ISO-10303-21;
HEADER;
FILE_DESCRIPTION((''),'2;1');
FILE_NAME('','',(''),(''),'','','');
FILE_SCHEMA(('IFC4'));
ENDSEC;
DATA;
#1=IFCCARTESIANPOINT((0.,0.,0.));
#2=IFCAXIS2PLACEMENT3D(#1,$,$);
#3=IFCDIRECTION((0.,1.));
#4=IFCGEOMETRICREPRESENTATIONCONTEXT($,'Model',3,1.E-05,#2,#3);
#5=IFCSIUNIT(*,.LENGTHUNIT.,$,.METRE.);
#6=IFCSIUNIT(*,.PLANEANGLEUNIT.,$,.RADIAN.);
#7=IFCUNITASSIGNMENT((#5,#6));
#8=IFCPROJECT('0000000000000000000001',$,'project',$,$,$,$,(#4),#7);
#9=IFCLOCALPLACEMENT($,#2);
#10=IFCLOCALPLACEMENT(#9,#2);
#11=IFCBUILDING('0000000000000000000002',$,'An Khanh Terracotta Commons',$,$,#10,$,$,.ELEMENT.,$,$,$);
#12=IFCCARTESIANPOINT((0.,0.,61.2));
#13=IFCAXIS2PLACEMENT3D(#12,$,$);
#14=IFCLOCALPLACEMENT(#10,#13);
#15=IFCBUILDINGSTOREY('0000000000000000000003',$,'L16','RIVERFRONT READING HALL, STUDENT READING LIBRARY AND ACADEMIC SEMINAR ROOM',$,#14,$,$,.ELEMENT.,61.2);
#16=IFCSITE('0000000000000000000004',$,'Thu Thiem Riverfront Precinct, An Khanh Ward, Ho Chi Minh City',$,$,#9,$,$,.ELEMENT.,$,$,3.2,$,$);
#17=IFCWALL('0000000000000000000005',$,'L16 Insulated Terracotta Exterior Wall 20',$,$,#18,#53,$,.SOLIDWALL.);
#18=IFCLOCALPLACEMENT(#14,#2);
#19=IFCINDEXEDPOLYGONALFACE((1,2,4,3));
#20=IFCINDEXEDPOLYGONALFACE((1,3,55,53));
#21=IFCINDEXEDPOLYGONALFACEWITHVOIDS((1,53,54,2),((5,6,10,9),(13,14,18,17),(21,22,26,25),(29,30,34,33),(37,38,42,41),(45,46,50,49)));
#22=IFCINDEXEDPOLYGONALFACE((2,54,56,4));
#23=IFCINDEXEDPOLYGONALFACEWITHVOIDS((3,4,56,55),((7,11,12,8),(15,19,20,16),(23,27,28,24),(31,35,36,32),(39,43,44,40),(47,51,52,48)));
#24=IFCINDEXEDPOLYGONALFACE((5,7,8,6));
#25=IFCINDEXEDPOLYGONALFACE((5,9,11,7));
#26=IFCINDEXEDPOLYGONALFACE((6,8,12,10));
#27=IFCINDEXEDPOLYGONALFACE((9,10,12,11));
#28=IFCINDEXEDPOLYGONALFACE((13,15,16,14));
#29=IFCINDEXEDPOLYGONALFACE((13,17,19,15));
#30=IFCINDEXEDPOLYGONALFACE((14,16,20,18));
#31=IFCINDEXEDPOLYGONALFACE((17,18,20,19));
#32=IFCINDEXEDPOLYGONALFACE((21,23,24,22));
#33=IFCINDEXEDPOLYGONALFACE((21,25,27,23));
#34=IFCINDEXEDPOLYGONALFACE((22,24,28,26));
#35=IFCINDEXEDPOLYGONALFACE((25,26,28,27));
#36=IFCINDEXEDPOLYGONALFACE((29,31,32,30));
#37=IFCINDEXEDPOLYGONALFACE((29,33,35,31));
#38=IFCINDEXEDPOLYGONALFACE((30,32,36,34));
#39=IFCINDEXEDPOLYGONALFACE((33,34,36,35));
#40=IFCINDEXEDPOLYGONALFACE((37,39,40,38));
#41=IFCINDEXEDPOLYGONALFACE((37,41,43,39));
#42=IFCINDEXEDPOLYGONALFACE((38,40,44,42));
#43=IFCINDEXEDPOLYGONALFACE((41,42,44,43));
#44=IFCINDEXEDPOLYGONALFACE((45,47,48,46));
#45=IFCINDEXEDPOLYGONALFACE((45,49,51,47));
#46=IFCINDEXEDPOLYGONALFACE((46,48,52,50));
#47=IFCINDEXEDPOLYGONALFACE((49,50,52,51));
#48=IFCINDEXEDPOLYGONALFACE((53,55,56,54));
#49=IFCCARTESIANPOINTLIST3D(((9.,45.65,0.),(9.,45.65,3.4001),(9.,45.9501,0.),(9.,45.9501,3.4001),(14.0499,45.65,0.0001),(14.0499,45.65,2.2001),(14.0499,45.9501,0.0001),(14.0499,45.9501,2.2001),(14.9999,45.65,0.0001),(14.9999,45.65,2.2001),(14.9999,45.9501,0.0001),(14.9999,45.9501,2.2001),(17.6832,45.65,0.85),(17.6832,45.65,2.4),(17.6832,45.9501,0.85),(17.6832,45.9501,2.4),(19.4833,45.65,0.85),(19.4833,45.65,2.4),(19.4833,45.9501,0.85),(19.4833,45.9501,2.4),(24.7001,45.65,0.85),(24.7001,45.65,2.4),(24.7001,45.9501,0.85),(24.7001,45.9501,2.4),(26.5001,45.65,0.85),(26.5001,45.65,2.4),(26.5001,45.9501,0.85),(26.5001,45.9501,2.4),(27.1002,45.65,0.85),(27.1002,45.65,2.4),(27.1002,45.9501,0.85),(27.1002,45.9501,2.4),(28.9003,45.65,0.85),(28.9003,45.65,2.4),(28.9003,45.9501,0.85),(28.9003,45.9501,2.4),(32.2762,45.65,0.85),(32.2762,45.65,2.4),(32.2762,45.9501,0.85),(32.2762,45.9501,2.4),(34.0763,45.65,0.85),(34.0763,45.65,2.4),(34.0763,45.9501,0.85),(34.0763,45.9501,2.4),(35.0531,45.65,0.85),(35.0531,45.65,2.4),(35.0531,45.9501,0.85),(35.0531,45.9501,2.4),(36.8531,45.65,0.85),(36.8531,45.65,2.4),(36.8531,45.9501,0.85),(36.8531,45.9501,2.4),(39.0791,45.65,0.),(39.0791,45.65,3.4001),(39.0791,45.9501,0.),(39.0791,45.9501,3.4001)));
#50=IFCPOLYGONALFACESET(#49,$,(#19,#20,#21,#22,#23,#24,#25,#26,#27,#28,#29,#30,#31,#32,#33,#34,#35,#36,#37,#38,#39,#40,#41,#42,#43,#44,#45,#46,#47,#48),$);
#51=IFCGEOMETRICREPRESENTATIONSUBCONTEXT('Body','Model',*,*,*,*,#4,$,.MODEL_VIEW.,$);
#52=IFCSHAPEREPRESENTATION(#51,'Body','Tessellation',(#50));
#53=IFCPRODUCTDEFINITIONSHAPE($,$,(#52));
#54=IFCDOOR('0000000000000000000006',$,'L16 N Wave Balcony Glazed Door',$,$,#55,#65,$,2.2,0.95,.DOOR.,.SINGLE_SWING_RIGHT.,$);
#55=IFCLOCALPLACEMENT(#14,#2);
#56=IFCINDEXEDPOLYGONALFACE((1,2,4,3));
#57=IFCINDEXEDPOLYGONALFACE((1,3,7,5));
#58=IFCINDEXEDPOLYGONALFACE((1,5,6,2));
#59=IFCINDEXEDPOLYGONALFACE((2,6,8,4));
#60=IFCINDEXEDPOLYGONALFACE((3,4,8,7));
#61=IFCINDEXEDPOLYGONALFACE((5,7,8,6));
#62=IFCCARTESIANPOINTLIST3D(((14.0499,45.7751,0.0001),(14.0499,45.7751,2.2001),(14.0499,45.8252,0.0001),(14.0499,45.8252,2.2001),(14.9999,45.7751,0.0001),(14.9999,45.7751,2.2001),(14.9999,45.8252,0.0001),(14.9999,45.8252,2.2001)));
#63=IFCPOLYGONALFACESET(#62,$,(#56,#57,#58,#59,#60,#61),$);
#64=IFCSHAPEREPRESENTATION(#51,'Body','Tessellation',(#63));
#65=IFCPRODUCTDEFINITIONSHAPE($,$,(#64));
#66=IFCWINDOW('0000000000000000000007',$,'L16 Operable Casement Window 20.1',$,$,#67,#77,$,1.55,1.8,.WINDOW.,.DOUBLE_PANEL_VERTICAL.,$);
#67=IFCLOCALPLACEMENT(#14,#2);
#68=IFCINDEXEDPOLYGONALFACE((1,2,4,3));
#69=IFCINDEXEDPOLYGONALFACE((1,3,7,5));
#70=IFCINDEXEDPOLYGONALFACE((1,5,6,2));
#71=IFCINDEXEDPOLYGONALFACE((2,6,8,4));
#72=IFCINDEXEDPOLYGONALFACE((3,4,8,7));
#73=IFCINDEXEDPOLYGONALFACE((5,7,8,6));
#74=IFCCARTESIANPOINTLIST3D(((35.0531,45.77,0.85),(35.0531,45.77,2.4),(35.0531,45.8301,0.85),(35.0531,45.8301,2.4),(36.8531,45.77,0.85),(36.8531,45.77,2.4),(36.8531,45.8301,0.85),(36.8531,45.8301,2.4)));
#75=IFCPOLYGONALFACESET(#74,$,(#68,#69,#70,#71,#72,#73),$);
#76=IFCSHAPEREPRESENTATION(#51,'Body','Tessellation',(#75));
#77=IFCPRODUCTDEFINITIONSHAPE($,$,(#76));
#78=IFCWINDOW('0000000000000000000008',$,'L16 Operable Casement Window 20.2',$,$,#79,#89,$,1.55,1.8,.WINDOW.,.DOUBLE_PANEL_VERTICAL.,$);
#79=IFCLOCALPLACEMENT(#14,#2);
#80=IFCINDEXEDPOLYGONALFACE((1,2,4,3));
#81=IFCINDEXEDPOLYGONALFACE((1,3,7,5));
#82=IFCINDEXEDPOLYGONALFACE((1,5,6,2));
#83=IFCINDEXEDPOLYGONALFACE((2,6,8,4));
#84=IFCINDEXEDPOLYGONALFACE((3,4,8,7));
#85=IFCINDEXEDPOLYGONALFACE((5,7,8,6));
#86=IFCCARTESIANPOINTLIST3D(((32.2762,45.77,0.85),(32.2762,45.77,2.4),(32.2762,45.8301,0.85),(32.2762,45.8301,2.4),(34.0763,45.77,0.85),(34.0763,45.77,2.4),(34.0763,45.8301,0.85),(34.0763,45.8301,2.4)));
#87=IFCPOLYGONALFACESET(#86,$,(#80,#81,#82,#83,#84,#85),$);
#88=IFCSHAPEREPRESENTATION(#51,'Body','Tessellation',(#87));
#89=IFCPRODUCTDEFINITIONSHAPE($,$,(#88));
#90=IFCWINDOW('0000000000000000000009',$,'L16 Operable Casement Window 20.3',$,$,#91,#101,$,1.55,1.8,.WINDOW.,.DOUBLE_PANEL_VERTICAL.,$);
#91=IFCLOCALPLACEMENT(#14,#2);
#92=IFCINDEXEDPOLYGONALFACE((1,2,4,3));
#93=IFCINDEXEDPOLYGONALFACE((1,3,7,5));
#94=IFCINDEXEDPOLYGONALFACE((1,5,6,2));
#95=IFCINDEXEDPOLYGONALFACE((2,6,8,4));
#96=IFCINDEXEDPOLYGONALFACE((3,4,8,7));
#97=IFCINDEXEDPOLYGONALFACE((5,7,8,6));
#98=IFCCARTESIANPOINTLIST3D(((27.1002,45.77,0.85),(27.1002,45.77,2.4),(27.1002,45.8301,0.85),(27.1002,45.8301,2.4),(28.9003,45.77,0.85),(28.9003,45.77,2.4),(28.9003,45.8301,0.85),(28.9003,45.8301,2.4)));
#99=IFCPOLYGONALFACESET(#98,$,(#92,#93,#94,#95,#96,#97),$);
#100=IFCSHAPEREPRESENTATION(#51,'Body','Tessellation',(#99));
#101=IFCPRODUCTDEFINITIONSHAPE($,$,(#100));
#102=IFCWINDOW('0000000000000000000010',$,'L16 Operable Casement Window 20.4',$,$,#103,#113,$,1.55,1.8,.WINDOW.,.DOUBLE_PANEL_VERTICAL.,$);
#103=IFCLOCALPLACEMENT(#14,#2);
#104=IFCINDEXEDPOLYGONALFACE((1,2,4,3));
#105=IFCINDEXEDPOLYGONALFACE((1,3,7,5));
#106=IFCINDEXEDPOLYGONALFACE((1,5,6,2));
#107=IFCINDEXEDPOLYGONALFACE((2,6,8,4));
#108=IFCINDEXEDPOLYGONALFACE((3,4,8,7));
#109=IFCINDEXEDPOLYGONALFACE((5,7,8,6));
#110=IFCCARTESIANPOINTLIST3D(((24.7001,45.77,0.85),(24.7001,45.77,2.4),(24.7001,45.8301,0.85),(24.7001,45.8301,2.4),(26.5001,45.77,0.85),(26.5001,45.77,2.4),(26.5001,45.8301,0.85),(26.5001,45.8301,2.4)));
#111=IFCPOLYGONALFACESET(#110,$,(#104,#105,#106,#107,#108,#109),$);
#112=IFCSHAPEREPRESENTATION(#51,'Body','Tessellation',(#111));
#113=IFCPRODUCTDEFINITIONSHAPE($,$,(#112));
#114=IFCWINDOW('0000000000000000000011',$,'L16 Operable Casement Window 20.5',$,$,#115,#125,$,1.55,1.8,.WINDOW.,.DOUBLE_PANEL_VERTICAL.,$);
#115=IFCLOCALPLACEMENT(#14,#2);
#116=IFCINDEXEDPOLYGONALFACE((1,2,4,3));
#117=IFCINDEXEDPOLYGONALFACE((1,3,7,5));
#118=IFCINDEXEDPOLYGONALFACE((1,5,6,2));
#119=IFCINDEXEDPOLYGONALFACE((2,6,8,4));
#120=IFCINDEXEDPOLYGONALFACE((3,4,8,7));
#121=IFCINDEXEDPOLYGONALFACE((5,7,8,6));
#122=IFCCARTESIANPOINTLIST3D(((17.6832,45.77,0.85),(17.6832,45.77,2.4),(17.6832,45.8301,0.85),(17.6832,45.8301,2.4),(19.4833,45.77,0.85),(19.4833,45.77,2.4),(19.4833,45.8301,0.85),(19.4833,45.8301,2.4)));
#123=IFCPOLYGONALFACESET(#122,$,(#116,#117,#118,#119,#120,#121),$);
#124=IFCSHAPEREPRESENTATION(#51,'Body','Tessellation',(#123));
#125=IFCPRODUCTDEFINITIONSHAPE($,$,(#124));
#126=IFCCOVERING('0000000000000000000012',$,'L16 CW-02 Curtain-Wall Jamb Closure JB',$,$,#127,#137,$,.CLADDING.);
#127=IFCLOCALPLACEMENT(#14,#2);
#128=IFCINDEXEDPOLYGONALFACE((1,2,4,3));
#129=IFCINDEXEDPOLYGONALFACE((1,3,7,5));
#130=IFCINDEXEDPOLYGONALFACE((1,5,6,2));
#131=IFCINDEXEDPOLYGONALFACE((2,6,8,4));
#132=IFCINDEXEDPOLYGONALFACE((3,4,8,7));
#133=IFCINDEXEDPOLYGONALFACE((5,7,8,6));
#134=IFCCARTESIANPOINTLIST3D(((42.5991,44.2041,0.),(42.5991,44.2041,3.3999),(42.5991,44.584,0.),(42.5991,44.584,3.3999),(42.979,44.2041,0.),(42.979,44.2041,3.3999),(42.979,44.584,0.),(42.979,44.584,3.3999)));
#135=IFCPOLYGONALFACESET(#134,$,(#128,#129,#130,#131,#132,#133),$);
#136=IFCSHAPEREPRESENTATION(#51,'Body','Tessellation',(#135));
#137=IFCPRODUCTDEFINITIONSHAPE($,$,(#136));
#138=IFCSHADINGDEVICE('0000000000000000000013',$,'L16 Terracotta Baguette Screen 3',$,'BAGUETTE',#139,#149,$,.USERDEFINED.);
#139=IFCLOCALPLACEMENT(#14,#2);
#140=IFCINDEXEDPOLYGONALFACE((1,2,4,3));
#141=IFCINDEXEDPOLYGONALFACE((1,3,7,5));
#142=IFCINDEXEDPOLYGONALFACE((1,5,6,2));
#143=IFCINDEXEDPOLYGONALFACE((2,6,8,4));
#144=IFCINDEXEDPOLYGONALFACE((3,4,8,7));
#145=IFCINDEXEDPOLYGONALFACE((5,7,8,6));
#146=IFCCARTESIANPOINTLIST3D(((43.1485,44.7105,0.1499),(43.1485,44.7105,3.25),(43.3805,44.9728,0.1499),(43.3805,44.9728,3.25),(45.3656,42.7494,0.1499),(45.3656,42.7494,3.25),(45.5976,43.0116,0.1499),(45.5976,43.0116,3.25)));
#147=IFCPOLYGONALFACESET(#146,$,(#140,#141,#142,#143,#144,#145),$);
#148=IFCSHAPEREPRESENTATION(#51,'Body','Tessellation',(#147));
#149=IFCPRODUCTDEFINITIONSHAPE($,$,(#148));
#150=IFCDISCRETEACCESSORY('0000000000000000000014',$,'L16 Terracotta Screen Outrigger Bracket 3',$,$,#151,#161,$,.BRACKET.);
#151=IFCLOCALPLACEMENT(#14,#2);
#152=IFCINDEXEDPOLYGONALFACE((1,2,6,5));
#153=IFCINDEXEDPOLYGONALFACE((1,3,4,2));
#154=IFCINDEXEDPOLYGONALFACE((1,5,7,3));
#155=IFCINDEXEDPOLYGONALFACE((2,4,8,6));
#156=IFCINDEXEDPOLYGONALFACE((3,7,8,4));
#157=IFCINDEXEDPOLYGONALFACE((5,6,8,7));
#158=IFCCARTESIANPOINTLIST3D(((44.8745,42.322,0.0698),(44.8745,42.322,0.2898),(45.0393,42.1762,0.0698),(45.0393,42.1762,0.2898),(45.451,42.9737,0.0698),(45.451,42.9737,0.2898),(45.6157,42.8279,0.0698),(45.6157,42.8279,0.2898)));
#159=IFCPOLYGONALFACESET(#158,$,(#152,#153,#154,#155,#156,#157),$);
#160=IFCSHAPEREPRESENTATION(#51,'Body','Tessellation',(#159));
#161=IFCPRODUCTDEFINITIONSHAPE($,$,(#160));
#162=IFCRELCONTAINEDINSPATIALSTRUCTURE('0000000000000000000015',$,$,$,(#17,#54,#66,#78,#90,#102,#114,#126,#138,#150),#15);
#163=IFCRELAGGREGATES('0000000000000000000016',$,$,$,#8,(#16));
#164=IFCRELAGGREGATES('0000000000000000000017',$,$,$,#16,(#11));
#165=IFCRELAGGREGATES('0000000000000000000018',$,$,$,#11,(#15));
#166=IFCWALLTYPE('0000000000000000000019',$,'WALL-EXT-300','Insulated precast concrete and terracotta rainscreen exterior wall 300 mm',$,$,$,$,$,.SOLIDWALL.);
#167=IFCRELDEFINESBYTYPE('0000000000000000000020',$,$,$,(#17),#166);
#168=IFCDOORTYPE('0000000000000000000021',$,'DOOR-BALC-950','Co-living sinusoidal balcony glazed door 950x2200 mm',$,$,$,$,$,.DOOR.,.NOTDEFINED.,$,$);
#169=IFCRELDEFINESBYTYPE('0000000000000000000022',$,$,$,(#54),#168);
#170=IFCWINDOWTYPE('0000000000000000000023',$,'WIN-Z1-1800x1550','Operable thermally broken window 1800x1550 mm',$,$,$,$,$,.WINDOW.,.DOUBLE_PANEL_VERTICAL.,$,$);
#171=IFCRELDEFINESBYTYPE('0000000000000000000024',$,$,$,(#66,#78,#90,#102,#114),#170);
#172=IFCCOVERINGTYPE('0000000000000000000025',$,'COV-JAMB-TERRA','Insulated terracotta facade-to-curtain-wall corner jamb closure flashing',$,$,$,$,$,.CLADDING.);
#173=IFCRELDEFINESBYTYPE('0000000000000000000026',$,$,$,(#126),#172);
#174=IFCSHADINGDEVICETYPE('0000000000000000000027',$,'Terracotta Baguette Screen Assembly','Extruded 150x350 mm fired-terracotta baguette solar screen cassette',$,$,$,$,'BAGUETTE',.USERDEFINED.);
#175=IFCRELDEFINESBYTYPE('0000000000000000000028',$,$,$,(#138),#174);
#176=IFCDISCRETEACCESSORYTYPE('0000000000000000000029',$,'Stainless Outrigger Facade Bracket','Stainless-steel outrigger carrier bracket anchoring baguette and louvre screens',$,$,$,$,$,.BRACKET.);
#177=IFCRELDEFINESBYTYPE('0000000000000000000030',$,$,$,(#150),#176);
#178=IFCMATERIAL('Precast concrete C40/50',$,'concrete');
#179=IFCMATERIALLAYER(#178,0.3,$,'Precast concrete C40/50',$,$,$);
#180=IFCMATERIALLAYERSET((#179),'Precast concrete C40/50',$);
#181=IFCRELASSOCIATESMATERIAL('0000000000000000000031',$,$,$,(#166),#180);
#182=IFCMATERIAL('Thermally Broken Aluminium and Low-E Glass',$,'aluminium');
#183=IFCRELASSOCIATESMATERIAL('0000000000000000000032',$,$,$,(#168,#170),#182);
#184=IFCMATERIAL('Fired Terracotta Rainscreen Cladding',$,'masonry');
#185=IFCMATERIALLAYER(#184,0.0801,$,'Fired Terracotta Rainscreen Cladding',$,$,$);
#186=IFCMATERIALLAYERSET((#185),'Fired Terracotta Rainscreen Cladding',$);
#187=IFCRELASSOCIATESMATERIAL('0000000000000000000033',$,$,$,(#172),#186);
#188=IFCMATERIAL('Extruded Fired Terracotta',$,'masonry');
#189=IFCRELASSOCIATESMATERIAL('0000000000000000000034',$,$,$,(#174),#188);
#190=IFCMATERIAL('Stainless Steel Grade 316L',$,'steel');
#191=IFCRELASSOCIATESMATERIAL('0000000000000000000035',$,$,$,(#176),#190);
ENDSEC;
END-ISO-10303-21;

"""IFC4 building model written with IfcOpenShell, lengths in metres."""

from ifc_helpers import new_model, si_unit, direction, frame, frame_2d, origin, origin_2d, place, context, subcontext, project, spatial, rectangle, extrude, material, layer, layer_set, type_object, element, fill, save


model = new_model("IFC4")

# Units and contexts
model_context = context("Model", 3, precision=1e-05, world=origin(), true_north=direction((0.0, 1.0)))
body_context = subcontext(model_context, "Body", "Model", "MODEL_VIEW")
ifc_project = project(units=[si_unit("LENGTHUNIT", "METRE"), si_unit("PLANEANGLEUNIT", "RADIAN")], contexts=[model_context])

# Site, building, storey
site_placement = place(None, origin())
site = spatial("IfcSite", under=ifc_project, at=site_placement, Name="Thu Thiem Riverfront Precinct, An Khanh Ward, Ho Chi Minh City", CompositionType="ELEMENT", RefElevation=3.2)
building_placement = place(site_placement, origin())
building = spatial("IfcBuilding", under=site, at=building_placement, Name="An Khanh Terracotta Commons", CompositionType="ELEMENT")
storey_placement = place(building_placement, frame((0.0, 0.0, 61.2)))
storey = spatial("IfcBuildingStorey", under=building, at=storey_placement, Name="L16", Description="RIVERFRONT READING HALL, STUDENT READING LIBRARY AND ACADEMIC SEMINAR ROOM", CompositionType="ELEMENT", Elevation=61.2)

# Shared definitions
ifc_material_1 = material(Name="Precast concrete C40/50", Category="concrete")
ifc_layer_1 = layer(ifc_material_1, 0.3, Name="Precast concrete C40/50")
ifc_layer_set_1 = layer_set([ifc_layer_1], Name="Precast concrete C40/50")
wall_type = type_object("IfcWallType", Name="WALL-EXT-300", Description="Insulated precast concrete and terracotta rainscreen exterior wall 300 mm", PredefinedType="SOLIDWALL", material=ifc_layer_set_1)

# Wall, openings, door, windows
wall_1_placement = place(storey_placement, frame((39.0791, 45.8, 0.0), z_axis=(0.0, 0.0, 1.0), x_axis=(-1.0, 0.0, 0.0)))
wall_1 = element("IfcWall", 1, at=wall_1_placement, inside=storey, type_object=wall_type, Name="L16 Insulated Terracotta Exterior Wall 20", PredefinedType="SOLIDWALL", context=body_context, shape_type="SweptSolid", body=[
    extrude(rectangle(XDim=30.0791, YDim=0.3, at=frame_2d((15.0396, 0.0))), origin(), (0.0, 0.0, 1.0), 3.4001),
])
opening_1_placement = place(wall_1_placement, frame((24.0791, 0.0, 0.0)))
opening_1 = element("IfcOpeningElement", 2, at=opening_1_placement, cuts=wall_1, PredefinedType="OPENING", context=body_context, shape_type="SweptSolid", body=[
    extrude(rectangle(XDim=0.95, YDim=2.2, at=frame_2d((0.4751, 1.1001))), frame((0.0, 0.1599, 0.0), z_axis=(0.0, -1.0, 0.0), x_axis=(1.0, 0.0, 0.0)), (0.0, 0.0, 1.0), 0.3201),
])
opening_2_placement = place(wall_1_placement, frame((2.2261, 0.0, 0.8501)))
opening_2 = element("IfcOpeningElement", 3, at=opening_2_placement, cuts=wall_1, PredefinedType="OPENING", context=body_context, shape_type="SweptSolid", body=[
    extrude(rectangle(XDim=1.8, YDim=1.55, at=frame_2d((0.8999, 0.7749))), frame((0.0, 0.1599, 0.0), z_axis=(0.0, -1.0, 0.0), x_axis=(1.0, 0.0, 0.0)), (0.0, 0.0, 1.0), 0.3201),
])
opening_3_placement = place(wall_1_placement, frame((5.0029, 0.0, 0.8501)))
opening_3 = element("IfcOpeningElement", 4, at=opening_3_placement, cuts=wall_1, PredefinedType="OPENING", context=body_context, shape_type="SweptSolid", body=[
    extrude(rectangle(XDim=1.8, YDim=1.55, at=frame_2d((0.8999, 0.7749))), frame((0.0, 0.1599, 0.0), z_axis=(0.0, -1.0, 0.0), x_axis=(1.0, 0.0, 0.0)), (0.0, 0.0, 1.0), 0.3201),
])
opening_4_placement = place(wall_1_placement, frame((10.179, 0.0, 0.8501)))
opening_4 = element("IfcOpeningElement", 5, at=opening_4_placement, cuts=wall_1, PredefinedType="OPENING", context=body_context, shape_type="SweptSolid", body=[
    extrude(rectangle(XDim=1.8, YDim=1.55, at=frame_2d((0.8999, 0.7749))), frame((0.0, 0.1599, 0.0), z_axis=(0.0, -1.0, 0.0), x_axis=(1.0, 0.0, 0.0)), (0.0, 0.0, 1.0), 0.3201),
])
opening_5_placement = place(wall_1_placement, frame((12.5791, 0.0, 0.8501)))
opening_5 = element("IfcOpeningElement", 6, at=opening_5_placement, cuts=wall_1, PredefinedType="OPENING", context=body_context, shape_type="SweptSolid", body=[
    extrude(rectangle(XDim=1.8, YDim=1.55, at=frame_2d((0.8999, 0.7749))), frame((0.0, 0.1599, 0.0), z_axis=(0.0, -1.0, 0.0), x_axis=(1.0, 0.0, 0.0)), (0.0, 0.0, 1.0), 0.3201),
])
opening_6_placement = place(wall_1_placement, frame((19.5959, 0.0, 0.8501)))
opening_6 = element("IfcOpeningElement", 7, at=opening_6_placement, cuts=wall_1, PredefinedType="OPENING", context=body_context, shape_type="SweptSolid", body=[
    extrude(rectangle(XDim=1.8, YDim=1.55, at=frame_2d((0.8999, 0.7749))), frame((0.0, 0.1599, 0.0), z_axis=(0.0, -1.0, 0.0), x_axis=(1.0, 0.0, 0.0)), (0.0, 0.0, 1.0), 0.3201),
])
ifc_material_2 = material(Name="Thermally Broken Aluminium and Low-E Glass", Category="aluminium")
door_type = type_object("IfcDoorType", Name="DOOR-BALC-950", Description="Co-living sinusoidal balcony glazed door 950x2200 mm", OperationType="NOTDEFINED", PredefinedType="DOOR", material=ifc_material_2)
door_placement = place(opening_1_placement, origin())
door = element("IfcDoor", 8, at=door_placement, inside=storey, type_object=door_type, Name="L16 N Wave Balcony Glazed Door", OperationType="SINGLE_SWING_RIGHT", OverallHeight=2.2, OverallWidth=0.95, PredefinedType="DOOR", context=body_context, shape_type="SweptSolid", body=[
    extrude(rectangle(XDim=0.95, YDim=2.2, at=frame_2d((0.4751, 1.1001))), frame((0.0, 0.0249, 0.0), z_axis=(0.0, -1.0, 0.0), x_axis=(1.0, 0.0, 0.0)), (0.0, 0.0, 1.0), 0.05),
])
fill(opening_1, door)
window_type = type_object("IfcWindowType", Name="WIN-Z1-1800x1550", Description="Operable thermally broken window 1800x1550 mm", PartitioningType="DOUBLE_PANEL_VERTICAL", PredefinedType="WINDOW", material=ifc_material_2)
window_1_placement = place(opening_2_placement, origin())
window_1 = element("IfcWindow", 9, at=window_1_placement, inside=storey, type_object=window_type, Name="L16 Operable Casement Window 20.1", OverallHeight=1.55, OverallWidth=1.8, PartitioningType="DOUBLE_PANEL_VERTICAL", PredefinedType="WINDOW", context=body_context, shape_type="SweptSolid", body=[
    extrude(rectangle(XDim=1.8, YDim=1.55, at=frame_2d((0.8999, 0.7749))), frame((0.0, 0.03, 0.0), z_axis=(0.0, -1.0, 0.0), x_axis=(1.0, 0.0, 0.0)), (0.0, 0.0, 1.0), 0.0601),
])
fill(opening_2, window_1)
window_2_placement = place(opening_3_placement, origin())
window_2 = element("IfcWindow", 10, at=window_2_placement, inside=storey, type_object=window_type, Name="L16 Operable Casement Window 20.2", OverallHeight=1.55, OverallWidth=1.8, PartitioningType="DOUBLE_PANEL_VERTICAL", PredefinedType="WINDOW", context=body_context, shape_type="SweptSolid", body=[
    extrude(rectangle(XDim=1.8, YDim=1.55, at=frame_2d((0.8999, 0.7749))), frame((0.0, 0.03, 0.0), z_axis=(0.0, -1.0, 0.0), x_axis=(1.0, 0.0, 0.0)), (0.0, 0.0, 1.0), 0.0601),
])
fill(opening_3, window_2)
window_3_placement = place(opening_4_placement, origin())
window_3 = element("IfcWindow", 11, at=window_3_placement, inside=storey, type_object=window_type, Name="L16 Operable Casement Window 20.3", OverallHeight=1.55, OverallWidth=1.8, PartitioningType="DOUBLE_PANEL_VERTICAL", PredefinedType="WINDOW", context=body_context, shape_type="SweptSolid", body=[
    extrude(rectangle(XDim=1.8, YDim=1.55, at=frame_2d((0.8999, 0.7749))), frame((0.0, 0.03, 0.0), z_axis=(0.0, -1.0, 0.0), x_axis=(1.0, 0.0, 0.0)), (0.0, 0.0, 1.0), 0.0601),
])
fill(opening_4, window_3)
window_4_placement = place(opening_5_placement, origin())
window_4 = element("IfcWindow", 12, at=window_4_placement, inside=storey, type_object=window_type, Name="L16 Operable Casement Window 20.4", OverallHeight=1.55, OverallWidth=1.8, PartitioningType="DOUBLE_PANEL_VERTICAL", PredefinedType="WINDOW", context=body_context, shape_type="SweptSolid", body=[
    extrude(rectangle(XDim=1.8, YDim=1.55, at=frame_2d((0.8999, 0.7749))), frame((0.0, 0.03, 0.0), z_axis=(0.0, -1.0, 0.0), x_axis=(1.0, 0.0, 0.0)), (0.0, 0.0, 1.0), 0.0601),
])
fill(opening_5, window_4)
window_5_placement = place(opening_6_placement, origin())
window_5 = element("IfcWindow", 13, at=window_5_placement, inside=storey, type_object=window_type, Name="L16 Operable Casement Window 20.5", OverallHeight=1.55, OverallWidth=1.8, PartitioningType="DOUBLE_PANEL_VERTICAL", PredefinedType="WINDOW", context=body_context, shape_type="SweptSolid", body=[
    extrude(rectangle(XDim=1.8, YDim=1.55, at=frame_2d((0.8999, 0.7749))), frame((0.0, 0.03, 0.0), z_axis=(0.0, -1.0, 0.0), x_axis=(1.0, 0.0, 0.0)), (0.0, 0.0, 1.0), 0.0601),
])
fill(opening_6, window_5)

# Covering
ifc_material_3 = material(Name="Fired Terracotta Rainscreen Cladding", Category="masonry")
ifc_layer_2 = layer(ifc_material_3, 0.0801, Name="Fired Terracotta Rainscreen Cladding")
ifc_layer_set_2 = layer_set([ifc_layer_2], Name="Fired Terracotta Rainscreen Cladding")
covering_type = type_object("IfcCoveringType", Name="COV-JAMB-TERRA", Description="Insulated terracotta facade-to-curtain-wall corner jamb closure flashing", PredefinedType="CLADDING", material=ifc_layer_set_2)
covering_placement = place(storey_placement, frame((42.7891, 44.394, 0.0), z_axis=(0.0, 0.0, 1.0), x_axis=(1.0, 0.0, 0.0)))
element("IfcCovering", 14, at=covering_placement, inside=storey, type_object=covering_type, Name="L16 CW-02 Curtain-Wall Jamb Closure JB", PredefinedType="CLADDING", context=body_context, shape_type="SweptSolid", body=[
    extrude(rectangle(XDim=0.3799, YDim=0.3799, at=origin_2d()), origin(), (0.0, 0.0, 1.0), 3.3999),
])

# Shading device
ifc_material_4 = material(Name="Extruded Fired Terracotta", Category="masonry")
shading_device_type = type_object("IfcShadingDeviceType", Name="Terracotta Baguette Screen Assembly", Description="Extruded 150x350 mm fired-terracotta baguette solar screen cassette", ElementType="BAGUETTE", PredefinedType="USERDEFINED", material=ifc_material_4)
shading_device_placement = place(storey_placement, frame((44.373, 43.8611, 0.1499), z_axis=(0.0, 0.0, 1.0), x_axis=(-0.749019, 0.662548, 0.0)))
element("IfcShadingDevice", 15, at=shading_device_placement, inside=storey, type_object=shading_device_type, Name="L16 Terracotta Baguette Screen 3", ObjectType="BAGUETTE", PredefinedType="USERDEFINED", context=body_context, shape_type="SweptSolid", body=[
    extrude(rectangle(XDim=2.96, YDim=0.3501, at=origin_2d()), origin(), (0.0, 0.0, 1.0), 3.1001),
])

# Discrete accessory
ifc_material_5 = material(Name="Stainless Steel Grade 316L", Category="steel")
discrete_accessory_type = type_object("IfcDiscreteAccessoryType", Name="Stainless Outrigger Facade Bracket", Description="Stainless-steel outrigger carrier bracket anchoring baguette and louvre screens", PredefinedType="BRACKET", material=ifc_material_5)
discrete_accessory_placement = place(storey_placement, frame((45.2451, 42.575, 0.0698), z_axis=(0.0, 0.0, 1.0), x_axis=(-0.749019, 0.662548, 0.0)))
element("IfcDiscreteAccessory", 16, at=discrete_accessory_placement, inside=storey, type_object=discrete_accessory_type, Name="L16 Terracotta Screen Outrigger Bracket 3", PredefinedType="BRACKET", context=body_context, shape_type="SweptSolid", body=[
    extrude(rectangle(XDim=0.22, YDim=0.8701, at=origin_2d()), origin(), (0.0, 0.0, 1.0), 0.22),
])

save(model, "model.ifc")
